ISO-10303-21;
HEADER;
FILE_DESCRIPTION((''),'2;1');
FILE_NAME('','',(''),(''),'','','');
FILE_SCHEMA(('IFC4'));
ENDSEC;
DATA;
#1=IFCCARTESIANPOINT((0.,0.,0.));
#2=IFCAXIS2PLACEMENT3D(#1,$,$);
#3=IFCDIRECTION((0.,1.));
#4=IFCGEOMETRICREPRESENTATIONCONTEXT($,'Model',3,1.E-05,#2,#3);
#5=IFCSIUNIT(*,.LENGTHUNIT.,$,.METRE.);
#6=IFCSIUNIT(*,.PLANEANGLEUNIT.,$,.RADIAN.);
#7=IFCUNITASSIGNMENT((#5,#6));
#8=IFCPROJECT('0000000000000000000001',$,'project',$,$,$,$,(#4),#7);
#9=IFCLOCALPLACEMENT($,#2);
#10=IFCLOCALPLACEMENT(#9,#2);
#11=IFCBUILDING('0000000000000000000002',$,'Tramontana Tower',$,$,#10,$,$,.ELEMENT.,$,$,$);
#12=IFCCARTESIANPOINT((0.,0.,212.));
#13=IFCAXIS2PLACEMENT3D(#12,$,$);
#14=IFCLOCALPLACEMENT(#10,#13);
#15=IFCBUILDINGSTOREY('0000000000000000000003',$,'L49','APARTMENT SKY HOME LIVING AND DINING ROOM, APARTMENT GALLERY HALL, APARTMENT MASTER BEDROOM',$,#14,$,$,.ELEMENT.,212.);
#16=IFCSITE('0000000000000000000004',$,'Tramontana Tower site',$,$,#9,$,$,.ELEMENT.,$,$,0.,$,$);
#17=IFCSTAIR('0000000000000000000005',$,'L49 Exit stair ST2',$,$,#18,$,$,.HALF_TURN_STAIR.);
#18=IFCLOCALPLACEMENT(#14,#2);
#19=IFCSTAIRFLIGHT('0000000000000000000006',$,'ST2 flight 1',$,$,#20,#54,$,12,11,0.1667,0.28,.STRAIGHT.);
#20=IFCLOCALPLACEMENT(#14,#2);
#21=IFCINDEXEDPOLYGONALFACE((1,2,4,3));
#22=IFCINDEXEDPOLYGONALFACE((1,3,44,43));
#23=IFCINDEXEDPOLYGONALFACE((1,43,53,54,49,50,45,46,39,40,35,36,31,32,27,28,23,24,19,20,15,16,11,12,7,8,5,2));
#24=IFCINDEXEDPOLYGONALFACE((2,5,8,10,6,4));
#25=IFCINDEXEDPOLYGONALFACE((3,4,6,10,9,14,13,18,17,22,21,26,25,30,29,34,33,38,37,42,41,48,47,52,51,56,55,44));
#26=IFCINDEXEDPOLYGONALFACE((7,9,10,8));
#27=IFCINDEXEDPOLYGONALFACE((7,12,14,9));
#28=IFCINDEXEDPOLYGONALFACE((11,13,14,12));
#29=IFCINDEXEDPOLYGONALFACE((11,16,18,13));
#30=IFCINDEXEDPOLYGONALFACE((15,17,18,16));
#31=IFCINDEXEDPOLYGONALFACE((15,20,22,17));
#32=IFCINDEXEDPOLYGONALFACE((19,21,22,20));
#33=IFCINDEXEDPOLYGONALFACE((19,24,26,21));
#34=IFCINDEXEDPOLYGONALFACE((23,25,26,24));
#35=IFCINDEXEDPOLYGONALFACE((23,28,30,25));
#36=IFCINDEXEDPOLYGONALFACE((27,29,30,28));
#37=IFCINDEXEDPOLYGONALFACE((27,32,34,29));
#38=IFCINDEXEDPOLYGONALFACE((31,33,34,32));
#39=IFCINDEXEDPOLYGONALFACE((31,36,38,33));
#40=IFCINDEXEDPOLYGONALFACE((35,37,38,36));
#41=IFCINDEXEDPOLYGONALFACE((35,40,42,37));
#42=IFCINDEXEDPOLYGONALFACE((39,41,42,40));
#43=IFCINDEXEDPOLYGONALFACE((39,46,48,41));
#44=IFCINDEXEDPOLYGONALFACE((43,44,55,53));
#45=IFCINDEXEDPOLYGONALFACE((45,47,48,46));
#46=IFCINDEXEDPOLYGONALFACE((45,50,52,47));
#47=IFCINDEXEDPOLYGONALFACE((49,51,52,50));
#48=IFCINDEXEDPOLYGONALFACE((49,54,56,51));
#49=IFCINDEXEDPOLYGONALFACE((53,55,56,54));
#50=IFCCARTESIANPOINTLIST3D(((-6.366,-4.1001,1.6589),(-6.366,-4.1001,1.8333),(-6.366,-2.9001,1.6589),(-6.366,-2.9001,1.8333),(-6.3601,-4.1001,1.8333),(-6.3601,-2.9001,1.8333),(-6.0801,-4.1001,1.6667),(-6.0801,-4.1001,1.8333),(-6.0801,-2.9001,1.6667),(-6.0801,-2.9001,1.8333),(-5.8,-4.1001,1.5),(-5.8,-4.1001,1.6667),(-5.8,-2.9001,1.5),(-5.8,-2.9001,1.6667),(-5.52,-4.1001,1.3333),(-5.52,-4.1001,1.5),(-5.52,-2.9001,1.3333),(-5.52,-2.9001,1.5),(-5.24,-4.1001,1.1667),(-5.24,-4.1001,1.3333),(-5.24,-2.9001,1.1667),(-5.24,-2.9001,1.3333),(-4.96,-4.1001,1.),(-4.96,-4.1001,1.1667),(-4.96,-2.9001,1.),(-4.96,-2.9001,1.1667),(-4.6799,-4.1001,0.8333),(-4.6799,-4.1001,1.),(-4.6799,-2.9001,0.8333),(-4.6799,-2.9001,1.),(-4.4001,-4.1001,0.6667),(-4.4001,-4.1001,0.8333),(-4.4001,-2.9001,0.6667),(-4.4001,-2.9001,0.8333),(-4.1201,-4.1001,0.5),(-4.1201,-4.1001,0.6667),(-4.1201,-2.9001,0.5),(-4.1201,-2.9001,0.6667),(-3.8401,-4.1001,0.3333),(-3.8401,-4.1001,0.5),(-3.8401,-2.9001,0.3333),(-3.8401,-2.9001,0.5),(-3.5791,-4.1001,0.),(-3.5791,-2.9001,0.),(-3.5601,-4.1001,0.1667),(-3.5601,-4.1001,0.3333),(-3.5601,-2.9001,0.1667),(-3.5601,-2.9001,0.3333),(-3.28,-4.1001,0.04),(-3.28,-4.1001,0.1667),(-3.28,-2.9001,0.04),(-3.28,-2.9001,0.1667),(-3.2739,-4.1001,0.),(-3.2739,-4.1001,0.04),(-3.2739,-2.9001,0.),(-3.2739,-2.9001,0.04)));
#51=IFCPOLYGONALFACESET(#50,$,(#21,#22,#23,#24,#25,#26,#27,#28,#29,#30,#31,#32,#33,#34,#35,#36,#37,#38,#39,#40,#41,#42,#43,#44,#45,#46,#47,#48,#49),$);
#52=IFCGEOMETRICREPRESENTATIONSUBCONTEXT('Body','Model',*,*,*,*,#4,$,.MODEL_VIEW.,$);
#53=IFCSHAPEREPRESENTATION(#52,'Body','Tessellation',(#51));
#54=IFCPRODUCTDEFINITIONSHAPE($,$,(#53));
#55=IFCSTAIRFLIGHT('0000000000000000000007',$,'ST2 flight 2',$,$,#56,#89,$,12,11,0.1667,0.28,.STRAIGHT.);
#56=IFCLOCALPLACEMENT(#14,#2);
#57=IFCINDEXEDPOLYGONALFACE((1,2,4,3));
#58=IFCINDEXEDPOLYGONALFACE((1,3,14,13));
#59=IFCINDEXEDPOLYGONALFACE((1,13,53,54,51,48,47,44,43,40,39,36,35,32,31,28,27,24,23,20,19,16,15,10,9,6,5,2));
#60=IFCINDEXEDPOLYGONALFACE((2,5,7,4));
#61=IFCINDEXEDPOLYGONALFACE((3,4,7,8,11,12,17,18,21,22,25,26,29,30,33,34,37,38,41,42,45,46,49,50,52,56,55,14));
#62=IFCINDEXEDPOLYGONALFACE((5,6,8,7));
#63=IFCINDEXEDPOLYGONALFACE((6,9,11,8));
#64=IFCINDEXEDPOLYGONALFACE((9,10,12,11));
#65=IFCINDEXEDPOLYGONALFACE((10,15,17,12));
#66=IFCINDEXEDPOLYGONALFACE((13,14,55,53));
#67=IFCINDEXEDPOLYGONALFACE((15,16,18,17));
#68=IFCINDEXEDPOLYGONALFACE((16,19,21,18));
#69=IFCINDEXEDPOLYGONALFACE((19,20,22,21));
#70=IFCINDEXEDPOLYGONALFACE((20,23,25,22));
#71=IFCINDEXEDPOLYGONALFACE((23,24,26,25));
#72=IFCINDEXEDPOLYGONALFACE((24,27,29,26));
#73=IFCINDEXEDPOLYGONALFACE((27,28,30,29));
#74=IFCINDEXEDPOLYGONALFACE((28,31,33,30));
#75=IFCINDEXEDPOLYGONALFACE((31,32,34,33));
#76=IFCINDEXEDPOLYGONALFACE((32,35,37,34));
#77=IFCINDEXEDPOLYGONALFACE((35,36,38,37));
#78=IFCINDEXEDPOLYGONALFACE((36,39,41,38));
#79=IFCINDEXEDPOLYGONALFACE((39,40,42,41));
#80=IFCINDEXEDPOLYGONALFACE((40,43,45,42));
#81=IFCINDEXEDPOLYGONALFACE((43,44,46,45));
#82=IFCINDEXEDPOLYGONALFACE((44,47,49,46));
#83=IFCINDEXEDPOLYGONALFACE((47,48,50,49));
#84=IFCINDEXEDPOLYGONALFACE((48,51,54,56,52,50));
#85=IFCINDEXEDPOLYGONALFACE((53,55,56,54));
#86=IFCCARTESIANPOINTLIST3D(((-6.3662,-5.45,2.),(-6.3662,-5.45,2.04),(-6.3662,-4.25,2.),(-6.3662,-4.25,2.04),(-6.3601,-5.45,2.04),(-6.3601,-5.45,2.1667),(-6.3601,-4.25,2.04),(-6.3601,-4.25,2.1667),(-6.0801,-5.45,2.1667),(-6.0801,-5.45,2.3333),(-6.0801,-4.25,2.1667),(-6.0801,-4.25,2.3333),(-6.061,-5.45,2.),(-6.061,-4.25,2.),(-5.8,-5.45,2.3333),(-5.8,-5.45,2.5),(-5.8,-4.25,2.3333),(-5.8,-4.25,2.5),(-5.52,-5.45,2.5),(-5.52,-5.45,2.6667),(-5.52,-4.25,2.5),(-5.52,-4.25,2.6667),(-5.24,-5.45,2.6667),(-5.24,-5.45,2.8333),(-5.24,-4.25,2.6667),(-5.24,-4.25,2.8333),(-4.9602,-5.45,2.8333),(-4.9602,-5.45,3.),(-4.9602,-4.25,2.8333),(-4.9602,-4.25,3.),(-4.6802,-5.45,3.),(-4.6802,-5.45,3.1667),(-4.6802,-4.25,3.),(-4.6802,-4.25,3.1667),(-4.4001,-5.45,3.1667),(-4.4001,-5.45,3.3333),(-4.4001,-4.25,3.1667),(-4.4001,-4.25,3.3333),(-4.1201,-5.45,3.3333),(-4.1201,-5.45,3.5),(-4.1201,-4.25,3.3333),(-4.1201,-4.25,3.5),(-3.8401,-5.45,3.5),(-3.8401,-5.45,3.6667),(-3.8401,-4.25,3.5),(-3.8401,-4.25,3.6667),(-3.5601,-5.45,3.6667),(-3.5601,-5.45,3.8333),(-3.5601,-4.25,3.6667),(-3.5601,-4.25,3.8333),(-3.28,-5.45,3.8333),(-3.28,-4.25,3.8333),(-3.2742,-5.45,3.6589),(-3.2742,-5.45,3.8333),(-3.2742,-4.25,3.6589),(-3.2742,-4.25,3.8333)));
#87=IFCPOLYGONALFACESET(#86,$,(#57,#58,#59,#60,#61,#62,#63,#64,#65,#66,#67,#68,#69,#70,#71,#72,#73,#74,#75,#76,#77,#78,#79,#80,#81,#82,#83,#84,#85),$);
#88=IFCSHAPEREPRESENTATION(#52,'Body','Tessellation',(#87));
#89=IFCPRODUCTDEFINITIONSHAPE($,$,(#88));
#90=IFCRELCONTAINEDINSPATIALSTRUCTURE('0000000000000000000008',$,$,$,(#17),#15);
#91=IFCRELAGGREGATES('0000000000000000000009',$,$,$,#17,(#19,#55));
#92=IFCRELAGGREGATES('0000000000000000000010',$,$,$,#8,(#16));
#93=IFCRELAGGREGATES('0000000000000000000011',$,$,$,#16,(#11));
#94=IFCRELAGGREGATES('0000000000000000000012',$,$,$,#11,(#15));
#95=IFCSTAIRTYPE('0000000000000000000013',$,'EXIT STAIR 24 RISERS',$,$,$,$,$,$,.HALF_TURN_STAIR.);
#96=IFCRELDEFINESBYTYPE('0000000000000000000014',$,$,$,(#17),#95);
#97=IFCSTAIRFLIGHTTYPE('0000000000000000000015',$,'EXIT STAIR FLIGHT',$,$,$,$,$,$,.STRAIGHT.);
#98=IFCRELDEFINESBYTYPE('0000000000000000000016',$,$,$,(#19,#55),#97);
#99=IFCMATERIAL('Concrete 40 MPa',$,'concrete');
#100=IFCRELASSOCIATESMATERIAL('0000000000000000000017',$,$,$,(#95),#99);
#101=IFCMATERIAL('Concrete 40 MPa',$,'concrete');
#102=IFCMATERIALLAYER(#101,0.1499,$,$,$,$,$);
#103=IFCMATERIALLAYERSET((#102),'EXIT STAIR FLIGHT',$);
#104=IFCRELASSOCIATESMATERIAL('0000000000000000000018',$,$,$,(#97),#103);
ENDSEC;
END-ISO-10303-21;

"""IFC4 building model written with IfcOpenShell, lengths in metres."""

from ifc_helpers import new_model, si_unit, direction, frame, origin, place, context, subcontext, project, spatial, polyline, outline, extrude, material, layer, layer_set, type_object, element, aggregate, save


model = new_model("IFC4")

# Units and contexts
model_context = context("Model", 3, precision=1e-05, world=origin(), true_north=direction((0.0, 1.0)))
body_context = subcontext(model_context, "Body", "Model", "MODEL_VIEW")
ifc_project = project(units=[si_unit("LENGTHUNIT", "METRE"), si_unit("PLANEANGLEUNIT", "RADIAN")], contexts=[model_context])

# Site, building, storey
site_placement = place(None, origin())
site = spatial("IfcSite", under=ifc_project, at=site_placement, Name="Tramontana Tower site", CompositionType="ELEMENT", RefElevation=0.0)
building_placement = place(site_placement, origin())
building = spatial("IfcBuilding", under=site, at=building_placement, Name="Tramontana Tower", CompositionType="ELEMENT")
storey_placement = place(building_placement, frame((0.0, 0.0, 212.0)))
storey = spatial("IfcBuildingStorey", under=building, at=storey_placement, Name="L49", Description="APARTMENT SKY HOME LIVING AND DINING ROOM, APARTMENT GALLERY HALL, APARTMENT MASTER BEDROOM", CompositionType="ELEMENT", Elevation=212.0)

# Stair, stair flights
ifc_material_1 = material(Name="Concrete 40 MPa", Category="concrete")
stair_type = type_object("IfcStairType", Name="EXIT STAIR 24 RISERS", PredefinedType="HALF_TURN_STAIR", material=ifc_material_1)
stair_placement = place(storey_placement, origin())
stair = element("IfcStair", 1, at=stair_placement, inside=storey, type_object=stair_type, Name="L49 Exit stair ST2", PredefinedType="HALF_TURN_STAIR")
ifc_material_2 = material(Name="Concrete 40 MPa", Category="concrete")
ifc_layer_1 = layer(ifc_material_2, 0.1499)
ifc_layer_set_1 = layer_set([ifc_layer_1], Name="EXIT STAIR FLIGHT")
stair_flight_type = type_object("IfcStairFlightType", Name="EXIT STAIR FLIGHT", PredefinedType="STRAIGHT", material=ifc_layer_set_1)
stair_flight_1_placement = place(storey_placement, frame((-3.28, -3.5, 0.0), z_axis=(0.0, 0.0, 1.0), x_axis=(-1.0, 0.0, 0.0)))
stair_flight_1 = element("IfcStairFlight", 2, at=stair_flight_1_placement, type_object=stair_flight_type, Name="ST2 flight 1", NumberOfRisers=12, NumberOfTreads=11, PredefinedType="STRAIGHT", RiserHeight=0.1667, TreadLength=0.28, context=body_context, shape_type="SweptSolid", body=[
    extrude(outline(polyline([(-0.0061, 0.0), (-0.0061, 0.04), (0.0, 0.04), (0.0, 0.1667), (0.28, 0.1667), (0.28, 0.3333), (0.5601, 0.3333), (0.5601, 0.5), (0.8401, 0.5), (0.8401, 0.6667), (1.1201, 0.6667), (1.1201, 0.8333), (1.3999, 0.8333), (1.3999, 1.0), (1.6799, 1.0), (1.6799, 1.1667), (1.96, 1.1667), (1.96, 1.3333), (2.24, 1.3333), (2.24, 1.5), (2.52, 1.5), (2.52, 1.6667), (2.8, 1.6667), (2.8, 1.8333), (3.0801, 1.8333), (3.0859, 1.8333), (3.0859, 1.6589), (0.2991, 0.0), (-0.0061, 0.0)])), frame((0.0, 0.6001, 0.0), z_axis=(0.0, -1.0, 0.0), x_axis=(1.0, 0.0, 0.0)), (0.0, 0.0, 1.0), 1.2),
])
stair_flight_2_placement = place(storey_placement, frame((-6.3601, -4.8501, 2.0), z_axis=(0.0, 0.0, 1.0), x_axis=(1.0, 0.0, 0.0)))
stair_flight_2 = element("IfcStairFlight", 3, at=stair_flight_2_placement, type_object=stair_flight_type, Name="ST2 flight 2", NumberOfRisers=12, NumberOfTreads=11, PredefinedType="STRAIGHT", RiserHeight=0.1667, TreadLength=0.28, context=body_context, shape_type="SweptSolid", body=[
    extrude(outline(polyline([(-0.0061, 0.0), (-0.0061, 0.04), (0.0, 0.04), (0.0, 0.1667), (0.28, 0.1667), (0.28, 0.3333), (0.5601, 0.3333), (0.5601, 0.5), (0.8401, 0.5), (0.8401, 0.6667), (1.1201, 0.6667), (1.1201, 0.8333), (1.3999, 0.8333), (1.3999, 1.0), (1.6799, 1.0), (1.6799, 1.1667), (1.96, 1.1667), (1.96, 1.3333), (2.24, 1.3333), (2.24, 1.5), (2.52, 1.5), (2.52, 1.6667), (2.8, 1.6667), (2.8, 1.8333), (3.0801, 1.8333), (3.0859, 1.8333), (3.0859, 1.6589), (0.2991, 0.0), (-0.0061, 0.0)])), frame((0.0, 0.6001, 0.0), z_axis=(0.0, -1.0, 0.0), x_axis=(1.0, 0.0, 0.0)), (0.0, 0.0, 1.0), 1.2),
])
aggregate(stair, [stair_flight_1, stair_flight_2])

save(model, "model.ifc")
